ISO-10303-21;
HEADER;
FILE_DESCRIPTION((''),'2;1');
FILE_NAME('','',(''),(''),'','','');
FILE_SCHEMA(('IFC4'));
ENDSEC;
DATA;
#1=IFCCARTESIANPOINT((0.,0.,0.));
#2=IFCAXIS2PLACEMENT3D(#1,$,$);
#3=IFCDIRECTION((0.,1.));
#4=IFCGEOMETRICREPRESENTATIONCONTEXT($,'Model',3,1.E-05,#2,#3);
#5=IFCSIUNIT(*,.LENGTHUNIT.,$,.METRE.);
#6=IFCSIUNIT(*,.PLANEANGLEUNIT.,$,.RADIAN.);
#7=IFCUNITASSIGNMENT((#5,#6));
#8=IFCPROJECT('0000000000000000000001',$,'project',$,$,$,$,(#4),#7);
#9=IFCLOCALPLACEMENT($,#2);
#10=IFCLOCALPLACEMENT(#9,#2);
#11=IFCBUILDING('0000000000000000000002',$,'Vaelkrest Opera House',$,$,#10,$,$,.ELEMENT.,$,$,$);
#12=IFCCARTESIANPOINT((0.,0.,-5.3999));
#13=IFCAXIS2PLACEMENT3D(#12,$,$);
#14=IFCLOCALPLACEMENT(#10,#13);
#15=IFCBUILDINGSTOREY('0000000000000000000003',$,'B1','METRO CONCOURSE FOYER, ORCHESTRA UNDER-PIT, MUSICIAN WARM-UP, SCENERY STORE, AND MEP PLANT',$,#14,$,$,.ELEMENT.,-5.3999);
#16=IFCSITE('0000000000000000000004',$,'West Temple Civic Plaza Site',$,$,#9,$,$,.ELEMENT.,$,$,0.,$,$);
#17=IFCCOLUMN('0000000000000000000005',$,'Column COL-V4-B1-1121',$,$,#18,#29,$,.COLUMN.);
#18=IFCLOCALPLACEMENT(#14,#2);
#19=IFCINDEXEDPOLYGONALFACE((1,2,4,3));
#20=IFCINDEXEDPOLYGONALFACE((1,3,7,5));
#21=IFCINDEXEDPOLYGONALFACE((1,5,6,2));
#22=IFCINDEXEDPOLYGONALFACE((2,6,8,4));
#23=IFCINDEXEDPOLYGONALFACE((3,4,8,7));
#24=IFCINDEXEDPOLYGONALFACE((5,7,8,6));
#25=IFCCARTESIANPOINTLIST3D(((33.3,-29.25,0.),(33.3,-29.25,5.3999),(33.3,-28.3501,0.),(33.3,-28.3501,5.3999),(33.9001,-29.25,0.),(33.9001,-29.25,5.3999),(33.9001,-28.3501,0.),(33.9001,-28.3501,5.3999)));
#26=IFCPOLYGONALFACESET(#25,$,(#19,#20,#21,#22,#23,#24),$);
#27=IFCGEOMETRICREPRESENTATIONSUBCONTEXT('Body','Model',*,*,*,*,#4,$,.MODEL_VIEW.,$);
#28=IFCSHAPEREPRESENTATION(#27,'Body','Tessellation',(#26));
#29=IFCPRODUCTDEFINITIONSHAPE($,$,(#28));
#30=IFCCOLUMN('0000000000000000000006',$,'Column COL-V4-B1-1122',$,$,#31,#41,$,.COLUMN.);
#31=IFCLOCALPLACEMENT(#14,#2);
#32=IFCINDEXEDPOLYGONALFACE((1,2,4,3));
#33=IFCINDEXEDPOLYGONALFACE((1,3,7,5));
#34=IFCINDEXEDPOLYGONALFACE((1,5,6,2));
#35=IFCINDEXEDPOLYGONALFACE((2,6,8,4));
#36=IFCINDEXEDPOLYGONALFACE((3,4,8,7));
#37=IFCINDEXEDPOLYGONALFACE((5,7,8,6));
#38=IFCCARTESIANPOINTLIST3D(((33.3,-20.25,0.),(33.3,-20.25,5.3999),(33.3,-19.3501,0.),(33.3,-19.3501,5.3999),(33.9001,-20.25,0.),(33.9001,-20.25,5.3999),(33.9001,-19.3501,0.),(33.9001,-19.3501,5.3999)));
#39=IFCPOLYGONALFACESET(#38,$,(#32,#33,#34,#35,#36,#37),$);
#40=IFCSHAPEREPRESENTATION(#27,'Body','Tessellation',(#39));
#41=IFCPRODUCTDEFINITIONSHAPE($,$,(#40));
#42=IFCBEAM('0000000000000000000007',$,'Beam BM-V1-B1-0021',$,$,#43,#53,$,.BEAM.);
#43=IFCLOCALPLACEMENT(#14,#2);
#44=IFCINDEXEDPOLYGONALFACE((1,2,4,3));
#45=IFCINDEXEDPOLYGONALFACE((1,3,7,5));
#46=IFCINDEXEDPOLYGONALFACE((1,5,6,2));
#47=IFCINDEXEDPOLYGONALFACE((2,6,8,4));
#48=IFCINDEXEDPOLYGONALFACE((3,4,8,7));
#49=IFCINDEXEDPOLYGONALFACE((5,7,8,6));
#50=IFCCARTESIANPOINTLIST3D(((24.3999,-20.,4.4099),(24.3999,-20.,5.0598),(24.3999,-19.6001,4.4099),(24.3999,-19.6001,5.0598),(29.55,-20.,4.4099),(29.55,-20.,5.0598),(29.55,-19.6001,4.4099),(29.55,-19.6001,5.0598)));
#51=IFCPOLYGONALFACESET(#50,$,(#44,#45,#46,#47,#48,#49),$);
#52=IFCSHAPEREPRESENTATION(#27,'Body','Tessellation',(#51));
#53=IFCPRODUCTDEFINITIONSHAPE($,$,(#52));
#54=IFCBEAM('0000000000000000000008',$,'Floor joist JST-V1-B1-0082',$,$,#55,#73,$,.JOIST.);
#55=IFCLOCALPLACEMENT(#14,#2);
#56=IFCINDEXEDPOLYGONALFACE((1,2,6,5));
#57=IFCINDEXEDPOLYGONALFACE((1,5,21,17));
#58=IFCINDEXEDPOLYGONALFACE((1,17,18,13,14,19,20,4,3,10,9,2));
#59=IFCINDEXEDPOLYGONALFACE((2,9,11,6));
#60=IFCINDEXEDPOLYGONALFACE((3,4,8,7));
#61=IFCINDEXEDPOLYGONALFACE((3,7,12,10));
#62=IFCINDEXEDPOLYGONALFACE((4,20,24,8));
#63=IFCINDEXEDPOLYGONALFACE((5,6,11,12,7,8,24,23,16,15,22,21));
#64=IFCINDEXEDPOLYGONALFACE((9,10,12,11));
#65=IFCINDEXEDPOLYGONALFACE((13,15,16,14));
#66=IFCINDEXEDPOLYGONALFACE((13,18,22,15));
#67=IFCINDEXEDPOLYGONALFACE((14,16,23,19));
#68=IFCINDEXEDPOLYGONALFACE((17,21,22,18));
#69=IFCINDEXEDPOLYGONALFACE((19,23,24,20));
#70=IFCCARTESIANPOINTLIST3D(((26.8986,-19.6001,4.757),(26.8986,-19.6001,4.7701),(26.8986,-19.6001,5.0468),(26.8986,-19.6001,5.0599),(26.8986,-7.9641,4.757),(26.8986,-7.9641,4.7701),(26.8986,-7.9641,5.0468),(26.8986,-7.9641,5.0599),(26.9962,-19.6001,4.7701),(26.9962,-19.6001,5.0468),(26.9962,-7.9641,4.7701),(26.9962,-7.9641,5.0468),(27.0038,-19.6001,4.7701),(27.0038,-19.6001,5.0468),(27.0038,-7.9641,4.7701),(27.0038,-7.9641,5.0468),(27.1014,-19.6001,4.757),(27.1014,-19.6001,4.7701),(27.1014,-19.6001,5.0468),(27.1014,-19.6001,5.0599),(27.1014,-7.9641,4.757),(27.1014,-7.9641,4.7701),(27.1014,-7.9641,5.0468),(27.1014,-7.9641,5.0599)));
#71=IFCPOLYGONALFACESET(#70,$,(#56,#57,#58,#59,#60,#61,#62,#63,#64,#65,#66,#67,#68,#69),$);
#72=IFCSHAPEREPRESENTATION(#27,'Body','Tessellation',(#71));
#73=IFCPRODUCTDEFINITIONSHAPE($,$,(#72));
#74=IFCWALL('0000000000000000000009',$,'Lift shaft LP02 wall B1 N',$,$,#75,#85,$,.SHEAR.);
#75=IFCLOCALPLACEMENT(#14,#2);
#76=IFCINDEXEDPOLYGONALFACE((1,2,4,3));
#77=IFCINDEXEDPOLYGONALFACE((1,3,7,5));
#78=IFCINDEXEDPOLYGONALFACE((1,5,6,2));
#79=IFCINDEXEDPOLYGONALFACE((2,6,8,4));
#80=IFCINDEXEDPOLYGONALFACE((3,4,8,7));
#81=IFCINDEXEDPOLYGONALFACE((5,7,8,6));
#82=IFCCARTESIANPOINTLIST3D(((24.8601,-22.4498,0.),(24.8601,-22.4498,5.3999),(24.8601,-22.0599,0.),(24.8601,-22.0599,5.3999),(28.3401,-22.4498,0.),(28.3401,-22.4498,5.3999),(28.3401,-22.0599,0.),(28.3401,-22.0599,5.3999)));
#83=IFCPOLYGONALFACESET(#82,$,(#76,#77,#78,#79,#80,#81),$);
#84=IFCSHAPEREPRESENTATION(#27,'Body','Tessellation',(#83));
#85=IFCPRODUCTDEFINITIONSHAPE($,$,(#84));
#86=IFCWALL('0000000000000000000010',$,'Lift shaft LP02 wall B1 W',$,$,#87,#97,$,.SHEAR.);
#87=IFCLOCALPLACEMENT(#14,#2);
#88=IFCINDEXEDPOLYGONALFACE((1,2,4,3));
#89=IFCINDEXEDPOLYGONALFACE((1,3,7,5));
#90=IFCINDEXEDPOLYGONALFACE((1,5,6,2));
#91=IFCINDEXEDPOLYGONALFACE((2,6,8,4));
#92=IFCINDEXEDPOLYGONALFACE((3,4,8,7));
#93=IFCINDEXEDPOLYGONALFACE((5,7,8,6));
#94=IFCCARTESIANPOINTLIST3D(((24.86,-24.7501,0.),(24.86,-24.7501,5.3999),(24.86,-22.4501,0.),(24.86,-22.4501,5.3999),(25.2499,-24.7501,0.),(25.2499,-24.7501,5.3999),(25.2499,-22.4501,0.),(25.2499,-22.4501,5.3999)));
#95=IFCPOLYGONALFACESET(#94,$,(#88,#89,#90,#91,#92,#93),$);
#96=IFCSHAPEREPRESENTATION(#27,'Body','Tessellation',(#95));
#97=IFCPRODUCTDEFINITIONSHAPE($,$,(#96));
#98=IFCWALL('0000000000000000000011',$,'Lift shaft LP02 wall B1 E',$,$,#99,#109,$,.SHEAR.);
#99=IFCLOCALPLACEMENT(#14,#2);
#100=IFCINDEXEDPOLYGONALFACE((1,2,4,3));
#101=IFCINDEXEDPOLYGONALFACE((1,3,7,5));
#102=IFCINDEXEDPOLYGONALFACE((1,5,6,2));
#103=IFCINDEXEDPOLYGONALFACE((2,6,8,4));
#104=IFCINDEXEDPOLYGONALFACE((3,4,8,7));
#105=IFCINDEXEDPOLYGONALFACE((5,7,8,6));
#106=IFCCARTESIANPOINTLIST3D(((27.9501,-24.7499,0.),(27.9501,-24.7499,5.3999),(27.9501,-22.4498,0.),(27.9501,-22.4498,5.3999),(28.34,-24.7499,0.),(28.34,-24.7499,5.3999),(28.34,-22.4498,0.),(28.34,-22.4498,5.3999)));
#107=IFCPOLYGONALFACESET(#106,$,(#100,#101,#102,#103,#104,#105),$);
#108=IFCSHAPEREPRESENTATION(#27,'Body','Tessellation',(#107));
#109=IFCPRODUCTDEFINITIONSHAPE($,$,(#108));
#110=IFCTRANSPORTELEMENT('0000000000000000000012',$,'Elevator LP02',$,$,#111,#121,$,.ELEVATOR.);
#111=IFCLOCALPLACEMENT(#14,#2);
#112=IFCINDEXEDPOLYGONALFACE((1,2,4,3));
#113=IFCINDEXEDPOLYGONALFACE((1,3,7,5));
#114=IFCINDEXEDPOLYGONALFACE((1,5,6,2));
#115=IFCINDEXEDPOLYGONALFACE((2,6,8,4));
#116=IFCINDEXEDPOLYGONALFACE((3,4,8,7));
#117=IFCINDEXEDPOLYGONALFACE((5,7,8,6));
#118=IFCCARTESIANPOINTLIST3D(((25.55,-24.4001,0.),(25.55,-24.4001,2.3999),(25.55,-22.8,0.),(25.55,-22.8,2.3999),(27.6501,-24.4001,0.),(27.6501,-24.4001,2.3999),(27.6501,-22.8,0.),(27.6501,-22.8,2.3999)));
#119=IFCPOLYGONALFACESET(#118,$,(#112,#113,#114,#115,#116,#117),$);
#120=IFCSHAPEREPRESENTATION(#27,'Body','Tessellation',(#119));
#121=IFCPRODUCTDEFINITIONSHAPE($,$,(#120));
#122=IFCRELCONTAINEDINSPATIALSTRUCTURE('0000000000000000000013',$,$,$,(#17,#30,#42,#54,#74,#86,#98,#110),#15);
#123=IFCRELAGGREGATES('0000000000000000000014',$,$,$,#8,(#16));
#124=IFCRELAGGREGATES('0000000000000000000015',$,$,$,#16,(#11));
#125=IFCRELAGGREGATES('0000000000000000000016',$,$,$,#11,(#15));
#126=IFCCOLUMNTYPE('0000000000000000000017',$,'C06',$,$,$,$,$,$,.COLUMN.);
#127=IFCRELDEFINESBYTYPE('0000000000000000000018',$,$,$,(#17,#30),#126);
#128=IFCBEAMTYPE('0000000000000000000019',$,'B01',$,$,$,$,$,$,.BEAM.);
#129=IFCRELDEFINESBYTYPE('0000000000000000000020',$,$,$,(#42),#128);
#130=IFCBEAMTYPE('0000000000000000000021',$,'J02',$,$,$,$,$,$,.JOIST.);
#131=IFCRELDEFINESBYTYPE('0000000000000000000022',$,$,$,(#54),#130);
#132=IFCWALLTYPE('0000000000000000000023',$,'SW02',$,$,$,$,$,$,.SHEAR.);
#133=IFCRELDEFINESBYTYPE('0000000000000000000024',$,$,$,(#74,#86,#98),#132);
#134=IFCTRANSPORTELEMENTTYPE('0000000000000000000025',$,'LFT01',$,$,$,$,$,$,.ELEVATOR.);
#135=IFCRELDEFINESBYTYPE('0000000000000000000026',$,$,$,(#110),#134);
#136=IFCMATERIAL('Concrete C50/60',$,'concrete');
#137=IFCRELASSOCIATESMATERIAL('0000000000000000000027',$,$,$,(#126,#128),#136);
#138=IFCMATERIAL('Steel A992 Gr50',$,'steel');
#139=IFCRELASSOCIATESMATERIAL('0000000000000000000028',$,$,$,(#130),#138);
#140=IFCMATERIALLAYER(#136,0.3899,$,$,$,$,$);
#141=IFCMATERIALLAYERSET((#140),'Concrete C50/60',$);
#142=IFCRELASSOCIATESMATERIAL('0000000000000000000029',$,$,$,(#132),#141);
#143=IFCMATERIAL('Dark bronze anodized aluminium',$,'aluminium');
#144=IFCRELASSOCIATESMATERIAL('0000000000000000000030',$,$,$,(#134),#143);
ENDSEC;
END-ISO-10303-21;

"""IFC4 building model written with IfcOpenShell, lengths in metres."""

from ifc_helpers import new_model, si_unit, direction, frame, frame_2d, origin, origin_2d, place, context, subcontext, project, spatial, rectangle, i_section, extrude, material, layer, layer_set, material_profile, profile_set, type_object, element, save


model = new_model("IFC4")

# Units and contexts
model_context = context("Model", 3, precision=1e-05, world=origin(), true_north=direction((0.0, 1.0)))
body_context = subcontext(model_context, "Body", "Model", "MODEL_VIEW")
ifc_project = project(units=[si_unit("LENGTHUNIT", "METRE"), si_unit("PLANEANGLEUNIT", "RADIAN")], contexts=[model_context])

# Site, building, storey
site_placement = place(None, origin())
site = spatial("IfcSite", under=ifc_project, at=site_placement, Name="West Temple Civic Plaza Site", CompositionType="ELEMENT", RefElevation=0.0)
building_placement = place(site_placement, origin())
building = spatial("IfcBuilding", under=site, at=building_placement, Name="Vaelkrest Opera House", CompositionType="ELEMENT")
storey_placement = place(building_placement, frame((0.0, 0.0, -5.3999)))
storey = spatial("IfcBuildingStorey", under=building, at=storey_placement, Name="B1", Description="METRO CONCOURSE FOYER, ORCHESTRA UNDER-PIT, MUSICIAN WARM-UP, SCENERY STORE, AND MEP PLANT", CompositionType="ELEMENT", Elevation=-5.3999)

# Columns
ifc_material_1 = material(Name="Concrete C50/60", Category="concrete")
ifc_material_profile_1 = material_profile(ifc_material_1, rectangle(XDim=0.6001, YDim=0.8999, at=origin_2d()), Name="RC600X900")
ifc_profile_set_1 = profile_set([ifc_material_profile_1], Name="Concrete C50/60")
column_type = type_object("IfcColumnType", Name="C06", PredefinedType="COLUMN", material=ifc_profile_set_1)
for number, where, z_axis, x_axis, name in (
    (1, (33.6001, -28.8, 0.0), (0.0, 0.0, 1.0), (1.0, 0.0, 0.0), "Column COL-V4-B1-1121"),
    (2, (33.6001, -19.8, 0.0), (0.0, 0.0, 1.0), (1.0, 0.0, 0.0), "Column COL-V4-B1-1122"),
):
    element("IfcColumn", number, at=place(storey_placement, frame(where, z_axis=z_axis, x_axis=x_axis)), inside=storey, type_object=column_type, Name=name, PredefinedType="COLUMN", context=body_context, shape_type="SweptSolid", body=[
        extrude(rectangle(XDim=0.6001, YDim=0.8999, at=origin_2d()), origin(), (0.0, 0.0, 1.0), 5.3999),
    ])

# Beams
ifc_material_profile_2 = material_profile(ifc_material_1, rectangle(XDim=0.3999, YDim=0.6499, at=origin_2d()), Name="RCB400X650")
ifc_profile_set_2 = profile_set([ifc_material_profile_2], Name="Concrete C50/60")
beam_type_1 = type_object("IfcBeamType", Name="B01", PredefinedType="BEAM", material=ifc_profile_set_2)
beam_1_placement = place(storey_placement, frame((24.3999, -19.8, 4.7349), z_axis=(1.0, 0.0, 0.0), x_axis=(0.0, 1.0, 0.0)))
element("IfcBeam", 3, at=beam_1_placement, inside=storey, type_object=beam_type_1, Name="Beam BM-V1-B1-0021", PredefinedType="BEAM", context=body_context, shape_type="SweptSolid", body=[
    extrude(rectangle(XDim=0.3999, YDim=0.6499, at=origin_2d()), origin(), (0.0, 0.0, 1.0), 5.1501),
])
ifc_material_2 = material(Name="Steel A992 Gr50", Category="steel")
ifc_material_profile_3 = material_profile(ifc_material_2, i_section(OverallWidth=0.2029, OverallDepth=0.303, WebThickness=0.0076, FlangeThickness=0.0132, at=origin_2d()), Name="W12X40")
ifc_profile_set_3 = profile_set([ifc_material_profile_3], Name="Steel A992 Gr50")
beam_type_2 = type_object("IfcBeamType", Name="J02", PredefinedType="JOIST", material=ifc_profile_set_3)
beam_2_placement = place(storey_placement, frame((27.0, -19.6001, 4.9084), z_axis=(0.0, 1.0, 0.0), x_axis=(-1.0, 0.0, 0.0)))
element("IfcBeam", 4, at=beam_2_placement, inside=storey, type_object=beam_type_2, Name="Floor joist JST-V1-B1-0082", PredefinedType="JOIST", context=body_context, shape_type="SweptSolid", body=[
    extrude(i_section(OverallWidth=0.2029, OverallDepth=0.303, WebThickness=0.0076, FlangeThickness=0.0132, at=origin_2d()), origin(), (0.0, 0.0, 1.0), 11.636),
])

# Shared definitions
ifc_layer = layer(ifc_material_1, 0.3899)
ifc_layer_set = layer_set([ifc_layer], Name="Concrete C50/60")
wall_type = type_object("IfcWallType", Name="SW02", PredefinedType="SHEAR", material=ifc_layer_set)
ifc_material_3 = material(Name="Dark bronze anodized aluminium", Category="aluminium")

# Walls
wall_1_placement = place(storey_placement, frame((24.8601, -22.2549, 0.0), z_axis=(0.0, 0.0, 1.0), x_axis=(1.0, 0.0, 0.0)))
element("IfcWall", 5, at=wall_1_placement, inside=storey, type_object=wall_type, Name="Lift shaft LP02 wall B1 N", PredefinedType="SHEAR", context=body_context, shape_type="SweptSolid", body=[
    extrude(rectangle(XDim=3.48, YDim=0.3899, at=frame_2d((1.74, 0.0))), origin(), (0.0, 0.0, 1.0), 5.3999),
])
for number, where, z_axis, x_axis, name in (
    (6, (25.0549, -24.75, 0.0), (0.0, 0.0, 1.0), (0.0, 1.0, 0.0), "Lift shaft LP02 wall B1 W"),
    (7, (28.145, -22.45, 0.0), (0.0, 0.0, 1.0), (0.0, -1.0, 0.0), "Lift shaft LP02 wall B1 E"),
):
    element("IfcWall", number, at=place(storey_placement, frame(where, z_axis=z_axis, x_axis=x_axis)), inside=storey, type_object=wall_type, Name=name, PredefinedType="SHEAR", context=body_context, shape_type="SweptSolid", body=[
        extrude(rectangle(XDim=2.3, YDim=0.3899, at=frame_2d((1.1499, 0.0))), origin(), (0.0, 0.0, 1.0), 5.3999),
    ])

# Transport element
transport_element_type = type_object("IfcTransportElementType", Name="LFT01", PredefinedType="ELEVATOR", material=ifc_material_3)
transport_element_placement = place(storey_placement, frame((26.6001, -23.6001, 0.0), z_axis=(0.0, 0.0, 1.0), x_axis=(1.0, 0.0, 0.0)))
element("IfcTransportElement", 8, at=transport_element_placement, inside=storey, type_object=transport_element_type, Name="Elevator LP02", PredefinedType="ELEVATOR", context=body_context, shape_type="SweptSolid", body=[
    extrude(rectangle(XDim=2.1001, YDim=1.6001, at=origin_2d()), origin(), (0.0, 0.0, 1.0), 2.3999),
])

save(model, "model.ifc")
